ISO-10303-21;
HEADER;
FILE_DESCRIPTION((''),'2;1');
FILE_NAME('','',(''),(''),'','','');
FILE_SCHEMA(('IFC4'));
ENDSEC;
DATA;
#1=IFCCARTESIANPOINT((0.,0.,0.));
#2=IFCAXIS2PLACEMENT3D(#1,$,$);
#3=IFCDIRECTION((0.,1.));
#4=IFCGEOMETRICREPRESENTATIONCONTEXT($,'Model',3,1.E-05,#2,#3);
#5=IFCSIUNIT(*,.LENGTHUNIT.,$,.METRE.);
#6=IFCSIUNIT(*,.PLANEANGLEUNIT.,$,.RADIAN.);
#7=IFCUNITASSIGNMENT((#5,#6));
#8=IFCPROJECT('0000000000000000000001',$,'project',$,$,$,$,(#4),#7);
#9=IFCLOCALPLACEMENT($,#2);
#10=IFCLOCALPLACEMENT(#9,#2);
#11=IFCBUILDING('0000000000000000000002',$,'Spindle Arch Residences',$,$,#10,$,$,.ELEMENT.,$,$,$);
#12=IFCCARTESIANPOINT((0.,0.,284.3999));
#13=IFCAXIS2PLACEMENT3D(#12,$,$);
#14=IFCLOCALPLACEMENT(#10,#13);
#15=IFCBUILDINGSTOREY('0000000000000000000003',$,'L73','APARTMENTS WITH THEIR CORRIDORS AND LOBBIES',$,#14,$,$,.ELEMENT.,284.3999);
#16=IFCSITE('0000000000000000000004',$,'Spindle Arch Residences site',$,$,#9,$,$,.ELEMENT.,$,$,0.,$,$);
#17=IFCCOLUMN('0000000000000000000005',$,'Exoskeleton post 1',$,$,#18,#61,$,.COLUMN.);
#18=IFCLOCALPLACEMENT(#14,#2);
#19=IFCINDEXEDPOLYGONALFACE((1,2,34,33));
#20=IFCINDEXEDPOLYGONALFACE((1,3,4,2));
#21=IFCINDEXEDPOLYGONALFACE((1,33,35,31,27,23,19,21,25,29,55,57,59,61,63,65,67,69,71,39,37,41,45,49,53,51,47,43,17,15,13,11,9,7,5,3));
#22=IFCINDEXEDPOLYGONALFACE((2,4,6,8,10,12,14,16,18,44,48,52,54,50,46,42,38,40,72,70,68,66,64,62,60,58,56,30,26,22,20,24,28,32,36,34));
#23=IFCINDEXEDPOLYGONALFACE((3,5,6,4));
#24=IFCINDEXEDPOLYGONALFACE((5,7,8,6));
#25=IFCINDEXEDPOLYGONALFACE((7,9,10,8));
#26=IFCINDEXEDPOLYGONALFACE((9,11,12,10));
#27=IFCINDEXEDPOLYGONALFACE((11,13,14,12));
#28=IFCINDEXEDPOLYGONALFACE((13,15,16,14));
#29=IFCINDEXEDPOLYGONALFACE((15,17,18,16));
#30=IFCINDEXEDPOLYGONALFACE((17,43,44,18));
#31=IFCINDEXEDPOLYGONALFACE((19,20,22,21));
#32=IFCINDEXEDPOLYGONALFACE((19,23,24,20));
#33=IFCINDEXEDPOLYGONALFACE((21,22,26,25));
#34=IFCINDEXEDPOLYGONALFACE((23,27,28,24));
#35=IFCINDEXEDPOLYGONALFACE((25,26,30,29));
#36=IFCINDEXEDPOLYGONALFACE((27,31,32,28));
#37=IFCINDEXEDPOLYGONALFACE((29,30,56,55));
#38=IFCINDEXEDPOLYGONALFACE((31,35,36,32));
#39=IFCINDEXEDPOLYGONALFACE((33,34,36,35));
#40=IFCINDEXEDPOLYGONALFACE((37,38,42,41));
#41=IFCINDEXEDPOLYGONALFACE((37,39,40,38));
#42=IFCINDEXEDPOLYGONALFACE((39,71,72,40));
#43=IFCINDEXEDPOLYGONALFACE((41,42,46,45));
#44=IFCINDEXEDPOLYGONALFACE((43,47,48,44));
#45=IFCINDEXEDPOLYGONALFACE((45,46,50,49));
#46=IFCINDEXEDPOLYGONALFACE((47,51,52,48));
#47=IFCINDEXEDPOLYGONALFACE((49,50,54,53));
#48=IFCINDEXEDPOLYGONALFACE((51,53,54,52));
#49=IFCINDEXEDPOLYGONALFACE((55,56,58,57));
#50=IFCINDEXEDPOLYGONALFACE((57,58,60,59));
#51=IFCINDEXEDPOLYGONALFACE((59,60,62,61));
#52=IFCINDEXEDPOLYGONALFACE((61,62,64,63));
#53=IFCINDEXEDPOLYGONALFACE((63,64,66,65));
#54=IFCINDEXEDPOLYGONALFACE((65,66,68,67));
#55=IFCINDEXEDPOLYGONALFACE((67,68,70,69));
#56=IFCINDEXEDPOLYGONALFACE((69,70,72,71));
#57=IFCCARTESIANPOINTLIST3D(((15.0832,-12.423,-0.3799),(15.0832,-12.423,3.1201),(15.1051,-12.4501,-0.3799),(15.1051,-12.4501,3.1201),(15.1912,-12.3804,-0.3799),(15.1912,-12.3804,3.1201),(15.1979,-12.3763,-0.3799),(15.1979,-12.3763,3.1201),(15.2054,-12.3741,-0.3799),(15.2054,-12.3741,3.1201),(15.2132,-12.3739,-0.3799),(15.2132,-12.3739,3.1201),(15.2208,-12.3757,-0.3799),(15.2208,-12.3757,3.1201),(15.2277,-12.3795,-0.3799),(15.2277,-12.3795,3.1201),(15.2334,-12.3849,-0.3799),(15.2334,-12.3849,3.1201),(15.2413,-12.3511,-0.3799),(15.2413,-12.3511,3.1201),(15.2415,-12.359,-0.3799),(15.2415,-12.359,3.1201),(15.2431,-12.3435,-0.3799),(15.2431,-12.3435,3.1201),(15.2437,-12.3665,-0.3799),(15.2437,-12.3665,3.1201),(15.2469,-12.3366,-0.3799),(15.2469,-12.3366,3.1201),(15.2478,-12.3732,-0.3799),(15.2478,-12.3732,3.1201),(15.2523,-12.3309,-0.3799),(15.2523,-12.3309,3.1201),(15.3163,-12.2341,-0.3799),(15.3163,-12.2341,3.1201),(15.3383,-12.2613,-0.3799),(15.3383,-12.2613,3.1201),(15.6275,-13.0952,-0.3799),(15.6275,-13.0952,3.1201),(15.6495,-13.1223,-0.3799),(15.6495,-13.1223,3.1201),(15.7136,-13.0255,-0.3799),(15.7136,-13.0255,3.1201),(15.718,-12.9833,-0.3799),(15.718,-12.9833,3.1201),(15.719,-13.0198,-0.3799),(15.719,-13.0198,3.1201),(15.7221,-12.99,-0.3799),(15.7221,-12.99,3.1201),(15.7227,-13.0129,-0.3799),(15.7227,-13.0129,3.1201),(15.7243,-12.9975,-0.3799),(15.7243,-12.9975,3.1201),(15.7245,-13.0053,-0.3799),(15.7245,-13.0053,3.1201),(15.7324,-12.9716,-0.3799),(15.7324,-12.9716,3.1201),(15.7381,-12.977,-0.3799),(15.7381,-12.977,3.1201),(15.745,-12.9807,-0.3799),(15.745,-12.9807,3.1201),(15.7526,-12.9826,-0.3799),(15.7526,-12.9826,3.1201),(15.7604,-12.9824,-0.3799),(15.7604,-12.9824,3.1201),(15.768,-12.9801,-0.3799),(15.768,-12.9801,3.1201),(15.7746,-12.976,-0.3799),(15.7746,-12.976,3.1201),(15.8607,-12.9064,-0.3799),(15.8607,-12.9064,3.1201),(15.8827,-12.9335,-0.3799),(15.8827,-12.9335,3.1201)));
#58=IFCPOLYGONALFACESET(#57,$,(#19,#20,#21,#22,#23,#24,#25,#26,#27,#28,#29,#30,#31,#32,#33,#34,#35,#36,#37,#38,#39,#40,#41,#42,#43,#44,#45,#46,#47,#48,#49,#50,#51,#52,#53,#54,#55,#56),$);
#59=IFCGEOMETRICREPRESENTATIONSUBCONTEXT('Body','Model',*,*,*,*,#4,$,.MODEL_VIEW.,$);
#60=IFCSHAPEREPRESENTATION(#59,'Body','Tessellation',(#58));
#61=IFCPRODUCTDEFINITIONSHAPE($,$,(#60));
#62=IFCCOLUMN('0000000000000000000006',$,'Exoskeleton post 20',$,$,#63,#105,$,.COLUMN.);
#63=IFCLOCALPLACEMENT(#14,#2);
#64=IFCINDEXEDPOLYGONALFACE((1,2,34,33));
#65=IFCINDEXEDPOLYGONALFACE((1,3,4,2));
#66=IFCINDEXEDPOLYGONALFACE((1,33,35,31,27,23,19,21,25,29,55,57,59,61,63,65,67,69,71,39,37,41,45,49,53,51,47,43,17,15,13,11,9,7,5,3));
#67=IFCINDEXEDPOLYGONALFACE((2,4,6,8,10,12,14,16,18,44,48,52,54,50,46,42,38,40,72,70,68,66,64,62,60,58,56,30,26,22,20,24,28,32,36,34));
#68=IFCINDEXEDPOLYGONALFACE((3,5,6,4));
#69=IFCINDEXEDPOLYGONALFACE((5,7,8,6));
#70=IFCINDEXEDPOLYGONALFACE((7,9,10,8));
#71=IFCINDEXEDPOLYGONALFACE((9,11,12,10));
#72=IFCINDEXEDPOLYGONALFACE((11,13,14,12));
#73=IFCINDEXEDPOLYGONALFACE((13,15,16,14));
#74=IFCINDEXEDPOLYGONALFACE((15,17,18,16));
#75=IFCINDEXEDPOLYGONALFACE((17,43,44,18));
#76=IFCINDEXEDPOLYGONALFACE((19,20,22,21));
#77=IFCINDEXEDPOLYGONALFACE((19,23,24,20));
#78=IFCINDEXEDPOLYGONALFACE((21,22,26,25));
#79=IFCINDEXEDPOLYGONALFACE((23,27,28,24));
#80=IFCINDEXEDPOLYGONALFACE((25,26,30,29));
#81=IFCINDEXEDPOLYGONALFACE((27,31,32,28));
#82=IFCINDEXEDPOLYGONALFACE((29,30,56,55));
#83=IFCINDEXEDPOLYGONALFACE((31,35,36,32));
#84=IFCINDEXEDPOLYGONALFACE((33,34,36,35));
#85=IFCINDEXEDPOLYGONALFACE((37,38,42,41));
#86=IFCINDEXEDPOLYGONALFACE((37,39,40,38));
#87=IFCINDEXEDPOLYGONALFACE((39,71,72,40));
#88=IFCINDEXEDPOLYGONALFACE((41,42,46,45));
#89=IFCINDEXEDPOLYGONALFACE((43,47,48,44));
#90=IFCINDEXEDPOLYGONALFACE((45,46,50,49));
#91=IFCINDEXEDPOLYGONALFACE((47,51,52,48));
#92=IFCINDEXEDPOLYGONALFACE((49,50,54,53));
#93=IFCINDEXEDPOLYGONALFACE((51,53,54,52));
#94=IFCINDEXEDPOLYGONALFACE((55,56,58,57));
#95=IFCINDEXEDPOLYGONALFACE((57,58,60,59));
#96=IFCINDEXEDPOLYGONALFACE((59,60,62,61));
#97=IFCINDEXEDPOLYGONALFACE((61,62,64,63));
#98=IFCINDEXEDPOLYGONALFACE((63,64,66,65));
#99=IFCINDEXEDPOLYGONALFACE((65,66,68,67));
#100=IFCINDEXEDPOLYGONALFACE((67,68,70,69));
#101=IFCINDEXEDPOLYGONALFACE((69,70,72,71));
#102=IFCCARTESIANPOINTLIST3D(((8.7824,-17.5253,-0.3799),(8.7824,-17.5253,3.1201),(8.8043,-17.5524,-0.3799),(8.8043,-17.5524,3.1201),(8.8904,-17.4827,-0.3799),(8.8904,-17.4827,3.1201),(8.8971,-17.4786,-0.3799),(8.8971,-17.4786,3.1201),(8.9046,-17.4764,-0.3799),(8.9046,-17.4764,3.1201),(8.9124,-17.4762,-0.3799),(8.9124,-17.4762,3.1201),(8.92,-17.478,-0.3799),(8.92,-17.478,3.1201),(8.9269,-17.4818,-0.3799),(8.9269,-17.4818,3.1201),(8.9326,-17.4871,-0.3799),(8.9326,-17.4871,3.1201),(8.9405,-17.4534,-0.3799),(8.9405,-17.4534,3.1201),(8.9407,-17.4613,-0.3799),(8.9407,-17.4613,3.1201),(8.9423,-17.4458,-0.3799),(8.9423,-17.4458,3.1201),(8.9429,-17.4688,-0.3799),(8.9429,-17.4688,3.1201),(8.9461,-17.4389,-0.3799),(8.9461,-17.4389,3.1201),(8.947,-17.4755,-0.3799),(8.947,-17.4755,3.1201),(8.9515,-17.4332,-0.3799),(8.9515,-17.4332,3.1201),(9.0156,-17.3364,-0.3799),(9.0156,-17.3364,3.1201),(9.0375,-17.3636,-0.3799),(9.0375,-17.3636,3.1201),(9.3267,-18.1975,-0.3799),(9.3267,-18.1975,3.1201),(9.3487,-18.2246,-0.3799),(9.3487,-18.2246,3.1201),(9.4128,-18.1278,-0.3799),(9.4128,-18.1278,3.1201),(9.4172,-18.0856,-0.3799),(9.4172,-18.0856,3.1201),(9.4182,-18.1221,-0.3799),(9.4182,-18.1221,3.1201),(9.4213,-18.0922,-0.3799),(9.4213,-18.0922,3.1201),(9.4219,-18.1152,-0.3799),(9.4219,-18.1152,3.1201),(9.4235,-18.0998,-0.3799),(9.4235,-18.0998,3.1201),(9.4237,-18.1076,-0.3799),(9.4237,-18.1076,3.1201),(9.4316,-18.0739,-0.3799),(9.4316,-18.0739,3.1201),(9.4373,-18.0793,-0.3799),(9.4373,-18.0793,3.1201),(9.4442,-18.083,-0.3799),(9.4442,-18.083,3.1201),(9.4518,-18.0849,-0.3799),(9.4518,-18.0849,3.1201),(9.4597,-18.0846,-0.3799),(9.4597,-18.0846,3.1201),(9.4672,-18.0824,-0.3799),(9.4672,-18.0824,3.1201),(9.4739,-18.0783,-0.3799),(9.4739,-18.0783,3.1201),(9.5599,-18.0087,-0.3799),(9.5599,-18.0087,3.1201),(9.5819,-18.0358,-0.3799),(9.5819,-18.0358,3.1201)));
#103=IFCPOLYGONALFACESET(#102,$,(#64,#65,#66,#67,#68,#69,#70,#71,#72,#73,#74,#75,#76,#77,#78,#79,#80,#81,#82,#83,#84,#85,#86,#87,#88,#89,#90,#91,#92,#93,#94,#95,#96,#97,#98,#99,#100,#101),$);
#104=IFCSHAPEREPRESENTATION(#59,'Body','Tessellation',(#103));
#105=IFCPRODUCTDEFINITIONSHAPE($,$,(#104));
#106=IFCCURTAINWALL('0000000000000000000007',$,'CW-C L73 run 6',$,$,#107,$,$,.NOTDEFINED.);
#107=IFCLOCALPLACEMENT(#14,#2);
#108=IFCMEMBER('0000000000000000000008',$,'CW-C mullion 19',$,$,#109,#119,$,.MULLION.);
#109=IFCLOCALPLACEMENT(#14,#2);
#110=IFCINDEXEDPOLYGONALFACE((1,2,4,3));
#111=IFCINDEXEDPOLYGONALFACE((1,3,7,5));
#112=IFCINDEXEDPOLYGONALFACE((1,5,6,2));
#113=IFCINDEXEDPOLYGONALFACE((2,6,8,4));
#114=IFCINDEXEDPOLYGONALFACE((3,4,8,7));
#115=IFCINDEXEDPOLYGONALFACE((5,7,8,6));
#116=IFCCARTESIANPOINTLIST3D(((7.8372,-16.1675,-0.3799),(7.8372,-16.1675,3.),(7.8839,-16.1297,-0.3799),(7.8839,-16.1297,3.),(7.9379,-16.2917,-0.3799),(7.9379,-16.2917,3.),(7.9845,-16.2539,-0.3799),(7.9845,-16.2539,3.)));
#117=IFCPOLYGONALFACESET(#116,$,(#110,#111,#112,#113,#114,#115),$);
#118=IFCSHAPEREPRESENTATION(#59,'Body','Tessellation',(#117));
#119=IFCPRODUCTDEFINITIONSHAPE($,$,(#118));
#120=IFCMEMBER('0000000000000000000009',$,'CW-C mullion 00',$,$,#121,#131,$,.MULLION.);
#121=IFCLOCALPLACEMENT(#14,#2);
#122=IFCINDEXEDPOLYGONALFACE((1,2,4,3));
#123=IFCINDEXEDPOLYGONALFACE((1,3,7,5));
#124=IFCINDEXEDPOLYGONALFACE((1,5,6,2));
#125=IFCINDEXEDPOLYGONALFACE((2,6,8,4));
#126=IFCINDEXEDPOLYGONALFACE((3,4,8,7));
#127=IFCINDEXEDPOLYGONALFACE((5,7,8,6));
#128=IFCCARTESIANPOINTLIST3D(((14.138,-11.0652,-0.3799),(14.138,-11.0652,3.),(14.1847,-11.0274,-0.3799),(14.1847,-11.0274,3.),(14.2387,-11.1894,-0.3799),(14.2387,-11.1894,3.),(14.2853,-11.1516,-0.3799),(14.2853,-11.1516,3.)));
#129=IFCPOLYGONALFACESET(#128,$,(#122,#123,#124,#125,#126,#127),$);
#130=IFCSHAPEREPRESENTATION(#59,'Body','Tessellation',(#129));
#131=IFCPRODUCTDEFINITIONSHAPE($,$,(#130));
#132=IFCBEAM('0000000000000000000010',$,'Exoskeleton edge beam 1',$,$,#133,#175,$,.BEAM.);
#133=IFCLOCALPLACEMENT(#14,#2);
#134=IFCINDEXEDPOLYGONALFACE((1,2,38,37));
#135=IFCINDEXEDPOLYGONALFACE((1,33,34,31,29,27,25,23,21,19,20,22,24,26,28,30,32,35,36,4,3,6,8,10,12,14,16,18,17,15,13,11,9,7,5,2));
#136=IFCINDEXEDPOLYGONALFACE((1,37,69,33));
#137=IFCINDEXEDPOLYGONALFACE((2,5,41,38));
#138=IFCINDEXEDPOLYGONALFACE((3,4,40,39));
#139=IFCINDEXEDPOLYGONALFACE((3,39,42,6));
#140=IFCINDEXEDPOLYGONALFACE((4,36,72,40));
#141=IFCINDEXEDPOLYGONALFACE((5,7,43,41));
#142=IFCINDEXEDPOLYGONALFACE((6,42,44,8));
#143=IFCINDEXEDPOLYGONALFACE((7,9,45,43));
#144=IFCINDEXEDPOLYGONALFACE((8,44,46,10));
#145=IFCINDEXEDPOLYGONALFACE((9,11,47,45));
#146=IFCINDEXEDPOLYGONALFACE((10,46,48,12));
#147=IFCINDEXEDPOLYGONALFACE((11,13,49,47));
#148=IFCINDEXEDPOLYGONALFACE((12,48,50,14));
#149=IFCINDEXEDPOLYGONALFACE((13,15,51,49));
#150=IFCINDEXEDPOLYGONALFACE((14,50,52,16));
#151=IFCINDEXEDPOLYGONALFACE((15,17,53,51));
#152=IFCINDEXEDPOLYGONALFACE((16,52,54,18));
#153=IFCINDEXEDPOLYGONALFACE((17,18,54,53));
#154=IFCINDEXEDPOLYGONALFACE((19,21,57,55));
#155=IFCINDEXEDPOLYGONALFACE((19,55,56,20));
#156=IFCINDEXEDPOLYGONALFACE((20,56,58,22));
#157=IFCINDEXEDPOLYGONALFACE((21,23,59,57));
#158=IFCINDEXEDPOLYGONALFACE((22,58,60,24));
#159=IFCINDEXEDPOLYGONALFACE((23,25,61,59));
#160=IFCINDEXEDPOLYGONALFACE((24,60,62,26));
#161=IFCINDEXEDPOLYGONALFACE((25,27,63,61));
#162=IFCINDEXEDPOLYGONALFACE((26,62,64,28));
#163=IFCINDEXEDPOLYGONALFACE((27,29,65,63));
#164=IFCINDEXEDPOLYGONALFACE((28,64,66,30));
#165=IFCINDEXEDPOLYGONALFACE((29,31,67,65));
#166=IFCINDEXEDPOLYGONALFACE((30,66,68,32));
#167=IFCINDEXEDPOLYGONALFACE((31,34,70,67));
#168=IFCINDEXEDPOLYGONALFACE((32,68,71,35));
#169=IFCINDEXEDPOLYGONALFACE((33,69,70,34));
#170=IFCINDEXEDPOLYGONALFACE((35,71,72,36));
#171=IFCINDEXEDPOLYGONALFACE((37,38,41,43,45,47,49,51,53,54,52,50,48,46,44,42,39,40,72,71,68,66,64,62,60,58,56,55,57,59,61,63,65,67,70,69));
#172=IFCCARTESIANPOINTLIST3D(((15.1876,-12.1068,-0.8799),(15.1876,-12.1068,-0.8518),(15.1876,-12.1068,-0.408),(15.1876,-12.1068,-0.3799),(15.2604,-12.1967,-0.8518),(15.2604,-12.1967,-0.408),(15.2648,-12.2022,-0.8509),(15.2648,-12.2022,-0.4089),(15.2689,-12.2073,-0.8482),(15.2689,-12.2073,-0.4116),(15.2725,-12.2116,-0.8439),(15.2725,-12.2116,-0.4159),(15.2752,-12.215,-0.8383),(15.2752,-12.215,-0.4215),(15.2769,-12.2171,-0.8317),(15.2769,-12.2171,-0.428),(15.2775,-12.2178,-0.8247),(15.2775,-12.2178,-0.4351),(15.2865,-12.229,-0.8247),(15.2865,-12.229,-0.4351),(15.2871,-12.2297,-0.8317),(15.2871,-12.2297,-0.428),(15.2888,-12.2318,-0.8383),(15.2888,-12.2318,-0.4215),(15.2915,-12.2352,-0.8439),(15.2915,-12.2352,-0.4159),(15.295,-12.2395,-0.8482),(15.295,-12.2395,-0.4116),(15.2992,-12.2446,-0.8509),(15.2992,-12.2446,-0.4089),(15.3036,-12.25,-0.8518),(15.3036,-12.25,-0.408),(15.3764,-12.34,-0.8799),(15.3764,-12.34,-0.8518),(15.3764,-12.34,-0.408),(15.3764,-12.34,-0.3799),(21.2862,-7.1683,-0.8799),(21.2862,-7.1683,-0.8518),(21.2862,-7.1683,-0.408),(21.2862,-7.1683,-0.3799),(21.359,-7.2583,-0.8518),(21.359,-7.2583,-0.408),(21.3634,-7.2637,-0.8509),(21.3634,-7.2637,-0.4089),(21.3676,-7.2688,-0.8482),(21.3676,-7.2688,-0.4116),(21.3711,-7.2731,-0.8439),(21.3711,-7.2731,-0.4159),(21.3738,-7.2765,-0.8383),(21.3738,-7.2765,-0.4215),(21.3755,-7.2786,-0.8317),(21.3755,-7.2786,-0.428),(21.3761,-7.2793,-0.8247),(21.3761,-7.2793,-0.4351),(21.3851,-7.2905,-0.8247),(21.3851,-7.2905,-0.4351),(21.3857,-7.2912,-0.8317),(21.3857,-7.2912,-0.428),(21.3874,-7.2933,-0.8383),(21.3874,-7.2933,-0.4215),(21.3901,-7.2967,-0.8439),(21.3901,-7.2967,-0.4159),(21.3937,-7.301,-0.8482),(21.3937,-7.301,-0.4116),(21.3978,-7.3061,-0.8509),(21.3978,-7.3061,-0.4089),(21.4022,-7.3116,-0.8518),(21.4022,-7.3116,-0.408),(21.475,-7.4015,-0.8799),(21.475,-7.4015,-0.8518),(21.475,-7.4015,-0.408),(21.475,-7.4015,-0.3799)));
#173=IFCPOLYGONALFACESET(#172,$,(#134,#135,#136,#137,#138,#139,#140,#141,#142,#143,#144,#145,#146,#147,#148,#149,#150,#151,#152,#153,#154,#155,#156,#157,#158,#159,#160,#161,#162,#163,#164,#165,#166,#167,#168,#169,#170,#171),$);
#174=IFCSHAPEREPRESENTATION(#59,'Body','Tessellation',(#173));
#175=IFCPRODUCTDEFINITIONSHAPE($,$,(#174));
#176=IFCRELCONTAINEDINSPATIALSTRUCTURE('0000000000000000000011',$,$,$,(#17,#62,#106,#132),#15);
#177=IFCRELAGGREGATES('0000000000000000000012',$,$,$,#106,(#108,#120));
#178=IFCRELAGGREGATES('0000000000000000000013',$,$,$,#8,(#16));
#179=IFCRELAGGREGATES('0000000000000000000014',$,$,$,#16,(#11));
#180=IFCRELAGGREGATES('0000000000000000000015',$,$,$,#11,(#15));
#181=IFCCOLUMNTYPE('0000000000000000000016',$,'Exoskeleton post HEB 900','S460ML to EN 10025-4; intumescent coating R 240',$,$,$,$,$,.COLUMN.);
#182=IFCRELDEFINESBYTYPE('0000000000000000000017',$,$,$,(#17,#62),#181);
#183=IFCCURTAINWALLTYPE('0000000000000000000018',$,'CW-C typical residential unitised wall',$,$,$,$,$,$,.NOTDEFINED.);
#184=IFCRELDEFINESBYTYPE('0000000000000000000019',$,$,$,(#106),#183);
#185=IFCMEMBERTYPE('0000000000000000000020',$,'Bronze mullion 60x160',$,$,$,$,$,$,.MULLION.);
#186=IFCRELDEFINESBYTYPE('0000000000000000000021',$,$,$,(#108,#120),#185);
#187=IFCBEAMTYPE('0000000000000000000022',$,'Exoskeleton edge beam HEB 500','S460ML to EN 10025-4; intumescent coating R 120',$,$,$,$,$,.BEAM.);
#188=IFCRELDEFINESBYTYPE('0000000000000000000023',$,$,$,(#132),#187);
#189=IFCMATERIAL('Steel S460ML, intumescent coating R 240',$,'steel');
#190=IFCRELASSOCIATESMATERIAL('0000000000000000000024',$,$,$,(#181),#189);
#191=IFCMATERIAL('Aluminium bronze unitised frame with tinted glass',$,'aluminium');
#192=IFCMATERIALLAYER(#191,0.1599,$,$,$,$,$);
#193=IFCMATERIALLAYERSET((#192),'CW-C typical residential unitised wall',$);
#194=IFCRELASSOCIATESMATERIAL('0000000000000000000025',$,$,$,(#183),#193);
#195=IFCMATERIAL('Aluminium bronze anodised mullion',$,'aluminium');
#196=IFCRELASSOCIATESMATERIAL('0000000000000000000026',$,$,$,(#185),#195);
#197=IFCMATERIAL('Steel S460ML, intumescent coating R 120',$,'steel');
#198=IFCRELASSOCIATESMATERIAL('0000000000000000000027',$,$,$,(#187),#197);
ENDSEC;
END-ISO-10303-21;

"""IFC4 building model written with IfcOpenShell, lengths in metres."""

from ifc_helpers import new_model, si_unit, direction, frame, origin, origin_2d, place, context, subcontext, project, spatial, rectangle, i_section, extrude, material, layer, layer_set, material_profile, profile_set, type_object, element, aggregate, save


model = new_model("IFC4")

# Units and contexts
model_context = context("Model", 3, precision=1e-05, world=origin(), true_north=direction((0.0, 1.0)))
body_context = subcontext(model_context, "Body", "Model", "MODEL_VIEW")
ifc_project = project(units=[si_unit("LENGTHUNIT", "METRE"), si_unit("PLANEANGLEUNIT", "RADIAN")], contexts=[model_context])

# Site, building, storey
site_placement = place(None, origin())
site = spatial("IfcSite", under=ifc_project, at=site_placement, Name="Spindle Arch Residences site", CompositionType="ELEMENT", RefElevation=0.0)
building_placement = place(site_placement, origin())
building = spatial("IfcBuilding", under=site, at=building_placement, Name="Spindle Arch Residences", CompositionType="ELEMENT")
storey_placement = place(building_placement, frame((0.0, 0.0, 284.3999)))
storey = spatial("IfcBuildingStorey", under=building, at=storey_placement, Name="L73", Description="APARTMENTS WITH THEIR CORRIDORS AND LOBBIES", CompositionType="ELEMENT", Elevation=284.3999)

# Columns
ifc_material_1 = material(Name="Steel S460ML, intumescent coating R 240", Category="steel")
ifc_material_profile_1 = material_profile(ifc_material_1, i_section(OverallWidth=0.3, OverallDepth=0.8999, WebThickness=0.0186, FlangeThickness=0.0349, FilletRadius=0.03, at=origin_2d()), Name="HEB 900")
ifc_profile_set_1 = profile_set([ifc_material_profile_1], Name="Steel S460ML, intumescent coating R 240")
column_type = type_object("IfcColumnType", Name="Exoskeleton post HEB 900", Description="S460ML to EN 10025-4; intumescent coating R 240", PredefinedType="COLUMN", material=ifc_profile_set_1)
for number, where, z_axis, x_axis, name in (
    (1, (15.4829, -12.6782, -0.3799), (0.0, 0.0, 1.0), (-0.777146, -0.62932, 0.0), "Exoskeleton post 1"),
    (2, (9.1821, -17.7805, -0.3799), (0.0, 0.0, 1.0), (-0.777146, -0.62932, 0.0), "Exoskeleton post 20"),
):
    element("IfcColumn", number, at=place(storey_placement, frame(where, z_axis=z_axis, x_axis=x_axis)), inside=storey, type_object=column_type, Name=name, PredefinedType="COLUMN", context=body_context, shape_type="SweptSolid", body=[
        extrude(i_section(OverallWidth=0.3, OverallDepth=0.8999, WebThickness=0.0186, FlangeThickness=0.0349, FilletRadius=0.03, at=origin_2d()), origin(), (0.0, 0.0, 1.0), 3.5),
    ])

# Curtain wall, members
ifc_material_2 = material(Name="Aluminium bronze unitised frame with tinted glass", Category="aluminium")
ifc_layer_1 = layer(ifc_material_2, 0.1599)
ifc_layer_set_1 = layer_set([ifc_layer_1], Name="CW-C typical residential unitised wall")
curtain_wall_type = type_object("IfcCurtainWallType", Name="CW-C typical residential unitised wall", PredefinedType="NOTDEFINED", material=ifc_layer_set_1)
curtain_wall_placement = place(storey_placement, origin())
curtain_wall = element("IfcCurtainWall", 3, at=curtain_wall_placement, inside=storey, type_object=curtain_wall_type, Name="CW-C L73 run 6", PredefinedType="NOTDEFINED")
ifc_material_3 = material(Name="Aluminium bronze anodised mullion", Category="aluminium")
ifc_material_profile_2 = material_profile(ifc_material_3, rectangle(XDim=0.1599, YDim=0.0601, at=origin_2d()), Name="MU 60x160")
ifc_profile_set_2 = profile_set([ifc_material_profile_2], Name="Aluminium bronze anodised mullion")
member_type = type_object("IfcMemberType", Name="Bronze mullion 60x160", PredefinedType="MULLION", material=ifc_profile_set_2)
member_1_placement = place(storey_placement, frame((7.9109, -16.2107, -0.3799), z_axis=(0.0, 0.0, 1.0), x_axis=(-0.62932, 0.777146, 0.0)))
member_1 = element("IfcMember", 4, at=member_1_placement, type_object=member_type, Name="CW-C mullion 19", PredefinedType="MULLION", context=body_context, shape_type="SweptSolid", body=[
    extrude(rectangle(XDim=0.1599, YDim=0.0601, at=origin_2d()), origin(), (0.0, 0.0, 1.0), 3.3799),
])
member_2_placement = place(storey_placement, frame((14.2117, -11.1084, -0.3799), z_axis=(0.0, 0.0, 1.0), x_axis=(-0.62932, 0.777146, 0.0)))
member_2 = element("IfcMember", 5, at=member_2_placement, type_object=member_type, Name="CW-C mullion 00", PredefinedType="MULLION", context=body_context, shape_type="SweptSolid", body=[
    extrude(rectangle(XDim=0.1599, YDim=0.0601, at=origin_2d()), origin(), (0.0, 0.0, 1.0), 3.3799),
])

# Beam
ifc_material_4 = material(Name="Steel S460ML, intumescent coating R 120", Category="steel")
ifc_material_profile_3 = material_profile(ifc_material_4, i_section(OverallWidth=0.3, OverallDepth=0.5, WebThickness=0.0144, FlangeThickness=0.0281, FilletRadius=0.0271, at=origin_2d()), Name="HEB 500")
ifc_profile_set_3 = profile_set([ifc_material_profile_3], Name="Steel S460ML, intumescent coating R 120")
beam_type_1 = type_object("IfcBeamType", Name="Exoskeleton edge beam HEB 500", Description="S460ML to EN 10025-4; intumescent coating R 120", PredefinedType="BEAM", material=ifc_profile_set_3)
for number, where, z_axis, x_axis, name in (
    (6, (15.282, -12.2234, -0.6299), (0.777152, 0.629313, 0.0), (-0.629313, 0.777152, 0.0), "Exoskeleton edge beam 1"),
):
    element("IfcBeam", number, at=place(storey_placement, frame(where, z_axis=z_axis, x_axis=x_axis)), inside=storey, type_object=beam_type_1, Name=name, PredefinedType="BEAM", context=body_context, shape_type="SweptSolid", body=[
        extrude(i_section(OverallWidth=0.3, OverallDepth=0.5, WebThickness=0.0144, FlangeThickness=0.0281, FilletRadius=0.0271, at=origin_2d()), origin(), (0.0, 0.0, 1.0), 7.8474),
    ])

aggregate(curtain_wall, [member_1, member_2])

save(model, "model.ifc")
